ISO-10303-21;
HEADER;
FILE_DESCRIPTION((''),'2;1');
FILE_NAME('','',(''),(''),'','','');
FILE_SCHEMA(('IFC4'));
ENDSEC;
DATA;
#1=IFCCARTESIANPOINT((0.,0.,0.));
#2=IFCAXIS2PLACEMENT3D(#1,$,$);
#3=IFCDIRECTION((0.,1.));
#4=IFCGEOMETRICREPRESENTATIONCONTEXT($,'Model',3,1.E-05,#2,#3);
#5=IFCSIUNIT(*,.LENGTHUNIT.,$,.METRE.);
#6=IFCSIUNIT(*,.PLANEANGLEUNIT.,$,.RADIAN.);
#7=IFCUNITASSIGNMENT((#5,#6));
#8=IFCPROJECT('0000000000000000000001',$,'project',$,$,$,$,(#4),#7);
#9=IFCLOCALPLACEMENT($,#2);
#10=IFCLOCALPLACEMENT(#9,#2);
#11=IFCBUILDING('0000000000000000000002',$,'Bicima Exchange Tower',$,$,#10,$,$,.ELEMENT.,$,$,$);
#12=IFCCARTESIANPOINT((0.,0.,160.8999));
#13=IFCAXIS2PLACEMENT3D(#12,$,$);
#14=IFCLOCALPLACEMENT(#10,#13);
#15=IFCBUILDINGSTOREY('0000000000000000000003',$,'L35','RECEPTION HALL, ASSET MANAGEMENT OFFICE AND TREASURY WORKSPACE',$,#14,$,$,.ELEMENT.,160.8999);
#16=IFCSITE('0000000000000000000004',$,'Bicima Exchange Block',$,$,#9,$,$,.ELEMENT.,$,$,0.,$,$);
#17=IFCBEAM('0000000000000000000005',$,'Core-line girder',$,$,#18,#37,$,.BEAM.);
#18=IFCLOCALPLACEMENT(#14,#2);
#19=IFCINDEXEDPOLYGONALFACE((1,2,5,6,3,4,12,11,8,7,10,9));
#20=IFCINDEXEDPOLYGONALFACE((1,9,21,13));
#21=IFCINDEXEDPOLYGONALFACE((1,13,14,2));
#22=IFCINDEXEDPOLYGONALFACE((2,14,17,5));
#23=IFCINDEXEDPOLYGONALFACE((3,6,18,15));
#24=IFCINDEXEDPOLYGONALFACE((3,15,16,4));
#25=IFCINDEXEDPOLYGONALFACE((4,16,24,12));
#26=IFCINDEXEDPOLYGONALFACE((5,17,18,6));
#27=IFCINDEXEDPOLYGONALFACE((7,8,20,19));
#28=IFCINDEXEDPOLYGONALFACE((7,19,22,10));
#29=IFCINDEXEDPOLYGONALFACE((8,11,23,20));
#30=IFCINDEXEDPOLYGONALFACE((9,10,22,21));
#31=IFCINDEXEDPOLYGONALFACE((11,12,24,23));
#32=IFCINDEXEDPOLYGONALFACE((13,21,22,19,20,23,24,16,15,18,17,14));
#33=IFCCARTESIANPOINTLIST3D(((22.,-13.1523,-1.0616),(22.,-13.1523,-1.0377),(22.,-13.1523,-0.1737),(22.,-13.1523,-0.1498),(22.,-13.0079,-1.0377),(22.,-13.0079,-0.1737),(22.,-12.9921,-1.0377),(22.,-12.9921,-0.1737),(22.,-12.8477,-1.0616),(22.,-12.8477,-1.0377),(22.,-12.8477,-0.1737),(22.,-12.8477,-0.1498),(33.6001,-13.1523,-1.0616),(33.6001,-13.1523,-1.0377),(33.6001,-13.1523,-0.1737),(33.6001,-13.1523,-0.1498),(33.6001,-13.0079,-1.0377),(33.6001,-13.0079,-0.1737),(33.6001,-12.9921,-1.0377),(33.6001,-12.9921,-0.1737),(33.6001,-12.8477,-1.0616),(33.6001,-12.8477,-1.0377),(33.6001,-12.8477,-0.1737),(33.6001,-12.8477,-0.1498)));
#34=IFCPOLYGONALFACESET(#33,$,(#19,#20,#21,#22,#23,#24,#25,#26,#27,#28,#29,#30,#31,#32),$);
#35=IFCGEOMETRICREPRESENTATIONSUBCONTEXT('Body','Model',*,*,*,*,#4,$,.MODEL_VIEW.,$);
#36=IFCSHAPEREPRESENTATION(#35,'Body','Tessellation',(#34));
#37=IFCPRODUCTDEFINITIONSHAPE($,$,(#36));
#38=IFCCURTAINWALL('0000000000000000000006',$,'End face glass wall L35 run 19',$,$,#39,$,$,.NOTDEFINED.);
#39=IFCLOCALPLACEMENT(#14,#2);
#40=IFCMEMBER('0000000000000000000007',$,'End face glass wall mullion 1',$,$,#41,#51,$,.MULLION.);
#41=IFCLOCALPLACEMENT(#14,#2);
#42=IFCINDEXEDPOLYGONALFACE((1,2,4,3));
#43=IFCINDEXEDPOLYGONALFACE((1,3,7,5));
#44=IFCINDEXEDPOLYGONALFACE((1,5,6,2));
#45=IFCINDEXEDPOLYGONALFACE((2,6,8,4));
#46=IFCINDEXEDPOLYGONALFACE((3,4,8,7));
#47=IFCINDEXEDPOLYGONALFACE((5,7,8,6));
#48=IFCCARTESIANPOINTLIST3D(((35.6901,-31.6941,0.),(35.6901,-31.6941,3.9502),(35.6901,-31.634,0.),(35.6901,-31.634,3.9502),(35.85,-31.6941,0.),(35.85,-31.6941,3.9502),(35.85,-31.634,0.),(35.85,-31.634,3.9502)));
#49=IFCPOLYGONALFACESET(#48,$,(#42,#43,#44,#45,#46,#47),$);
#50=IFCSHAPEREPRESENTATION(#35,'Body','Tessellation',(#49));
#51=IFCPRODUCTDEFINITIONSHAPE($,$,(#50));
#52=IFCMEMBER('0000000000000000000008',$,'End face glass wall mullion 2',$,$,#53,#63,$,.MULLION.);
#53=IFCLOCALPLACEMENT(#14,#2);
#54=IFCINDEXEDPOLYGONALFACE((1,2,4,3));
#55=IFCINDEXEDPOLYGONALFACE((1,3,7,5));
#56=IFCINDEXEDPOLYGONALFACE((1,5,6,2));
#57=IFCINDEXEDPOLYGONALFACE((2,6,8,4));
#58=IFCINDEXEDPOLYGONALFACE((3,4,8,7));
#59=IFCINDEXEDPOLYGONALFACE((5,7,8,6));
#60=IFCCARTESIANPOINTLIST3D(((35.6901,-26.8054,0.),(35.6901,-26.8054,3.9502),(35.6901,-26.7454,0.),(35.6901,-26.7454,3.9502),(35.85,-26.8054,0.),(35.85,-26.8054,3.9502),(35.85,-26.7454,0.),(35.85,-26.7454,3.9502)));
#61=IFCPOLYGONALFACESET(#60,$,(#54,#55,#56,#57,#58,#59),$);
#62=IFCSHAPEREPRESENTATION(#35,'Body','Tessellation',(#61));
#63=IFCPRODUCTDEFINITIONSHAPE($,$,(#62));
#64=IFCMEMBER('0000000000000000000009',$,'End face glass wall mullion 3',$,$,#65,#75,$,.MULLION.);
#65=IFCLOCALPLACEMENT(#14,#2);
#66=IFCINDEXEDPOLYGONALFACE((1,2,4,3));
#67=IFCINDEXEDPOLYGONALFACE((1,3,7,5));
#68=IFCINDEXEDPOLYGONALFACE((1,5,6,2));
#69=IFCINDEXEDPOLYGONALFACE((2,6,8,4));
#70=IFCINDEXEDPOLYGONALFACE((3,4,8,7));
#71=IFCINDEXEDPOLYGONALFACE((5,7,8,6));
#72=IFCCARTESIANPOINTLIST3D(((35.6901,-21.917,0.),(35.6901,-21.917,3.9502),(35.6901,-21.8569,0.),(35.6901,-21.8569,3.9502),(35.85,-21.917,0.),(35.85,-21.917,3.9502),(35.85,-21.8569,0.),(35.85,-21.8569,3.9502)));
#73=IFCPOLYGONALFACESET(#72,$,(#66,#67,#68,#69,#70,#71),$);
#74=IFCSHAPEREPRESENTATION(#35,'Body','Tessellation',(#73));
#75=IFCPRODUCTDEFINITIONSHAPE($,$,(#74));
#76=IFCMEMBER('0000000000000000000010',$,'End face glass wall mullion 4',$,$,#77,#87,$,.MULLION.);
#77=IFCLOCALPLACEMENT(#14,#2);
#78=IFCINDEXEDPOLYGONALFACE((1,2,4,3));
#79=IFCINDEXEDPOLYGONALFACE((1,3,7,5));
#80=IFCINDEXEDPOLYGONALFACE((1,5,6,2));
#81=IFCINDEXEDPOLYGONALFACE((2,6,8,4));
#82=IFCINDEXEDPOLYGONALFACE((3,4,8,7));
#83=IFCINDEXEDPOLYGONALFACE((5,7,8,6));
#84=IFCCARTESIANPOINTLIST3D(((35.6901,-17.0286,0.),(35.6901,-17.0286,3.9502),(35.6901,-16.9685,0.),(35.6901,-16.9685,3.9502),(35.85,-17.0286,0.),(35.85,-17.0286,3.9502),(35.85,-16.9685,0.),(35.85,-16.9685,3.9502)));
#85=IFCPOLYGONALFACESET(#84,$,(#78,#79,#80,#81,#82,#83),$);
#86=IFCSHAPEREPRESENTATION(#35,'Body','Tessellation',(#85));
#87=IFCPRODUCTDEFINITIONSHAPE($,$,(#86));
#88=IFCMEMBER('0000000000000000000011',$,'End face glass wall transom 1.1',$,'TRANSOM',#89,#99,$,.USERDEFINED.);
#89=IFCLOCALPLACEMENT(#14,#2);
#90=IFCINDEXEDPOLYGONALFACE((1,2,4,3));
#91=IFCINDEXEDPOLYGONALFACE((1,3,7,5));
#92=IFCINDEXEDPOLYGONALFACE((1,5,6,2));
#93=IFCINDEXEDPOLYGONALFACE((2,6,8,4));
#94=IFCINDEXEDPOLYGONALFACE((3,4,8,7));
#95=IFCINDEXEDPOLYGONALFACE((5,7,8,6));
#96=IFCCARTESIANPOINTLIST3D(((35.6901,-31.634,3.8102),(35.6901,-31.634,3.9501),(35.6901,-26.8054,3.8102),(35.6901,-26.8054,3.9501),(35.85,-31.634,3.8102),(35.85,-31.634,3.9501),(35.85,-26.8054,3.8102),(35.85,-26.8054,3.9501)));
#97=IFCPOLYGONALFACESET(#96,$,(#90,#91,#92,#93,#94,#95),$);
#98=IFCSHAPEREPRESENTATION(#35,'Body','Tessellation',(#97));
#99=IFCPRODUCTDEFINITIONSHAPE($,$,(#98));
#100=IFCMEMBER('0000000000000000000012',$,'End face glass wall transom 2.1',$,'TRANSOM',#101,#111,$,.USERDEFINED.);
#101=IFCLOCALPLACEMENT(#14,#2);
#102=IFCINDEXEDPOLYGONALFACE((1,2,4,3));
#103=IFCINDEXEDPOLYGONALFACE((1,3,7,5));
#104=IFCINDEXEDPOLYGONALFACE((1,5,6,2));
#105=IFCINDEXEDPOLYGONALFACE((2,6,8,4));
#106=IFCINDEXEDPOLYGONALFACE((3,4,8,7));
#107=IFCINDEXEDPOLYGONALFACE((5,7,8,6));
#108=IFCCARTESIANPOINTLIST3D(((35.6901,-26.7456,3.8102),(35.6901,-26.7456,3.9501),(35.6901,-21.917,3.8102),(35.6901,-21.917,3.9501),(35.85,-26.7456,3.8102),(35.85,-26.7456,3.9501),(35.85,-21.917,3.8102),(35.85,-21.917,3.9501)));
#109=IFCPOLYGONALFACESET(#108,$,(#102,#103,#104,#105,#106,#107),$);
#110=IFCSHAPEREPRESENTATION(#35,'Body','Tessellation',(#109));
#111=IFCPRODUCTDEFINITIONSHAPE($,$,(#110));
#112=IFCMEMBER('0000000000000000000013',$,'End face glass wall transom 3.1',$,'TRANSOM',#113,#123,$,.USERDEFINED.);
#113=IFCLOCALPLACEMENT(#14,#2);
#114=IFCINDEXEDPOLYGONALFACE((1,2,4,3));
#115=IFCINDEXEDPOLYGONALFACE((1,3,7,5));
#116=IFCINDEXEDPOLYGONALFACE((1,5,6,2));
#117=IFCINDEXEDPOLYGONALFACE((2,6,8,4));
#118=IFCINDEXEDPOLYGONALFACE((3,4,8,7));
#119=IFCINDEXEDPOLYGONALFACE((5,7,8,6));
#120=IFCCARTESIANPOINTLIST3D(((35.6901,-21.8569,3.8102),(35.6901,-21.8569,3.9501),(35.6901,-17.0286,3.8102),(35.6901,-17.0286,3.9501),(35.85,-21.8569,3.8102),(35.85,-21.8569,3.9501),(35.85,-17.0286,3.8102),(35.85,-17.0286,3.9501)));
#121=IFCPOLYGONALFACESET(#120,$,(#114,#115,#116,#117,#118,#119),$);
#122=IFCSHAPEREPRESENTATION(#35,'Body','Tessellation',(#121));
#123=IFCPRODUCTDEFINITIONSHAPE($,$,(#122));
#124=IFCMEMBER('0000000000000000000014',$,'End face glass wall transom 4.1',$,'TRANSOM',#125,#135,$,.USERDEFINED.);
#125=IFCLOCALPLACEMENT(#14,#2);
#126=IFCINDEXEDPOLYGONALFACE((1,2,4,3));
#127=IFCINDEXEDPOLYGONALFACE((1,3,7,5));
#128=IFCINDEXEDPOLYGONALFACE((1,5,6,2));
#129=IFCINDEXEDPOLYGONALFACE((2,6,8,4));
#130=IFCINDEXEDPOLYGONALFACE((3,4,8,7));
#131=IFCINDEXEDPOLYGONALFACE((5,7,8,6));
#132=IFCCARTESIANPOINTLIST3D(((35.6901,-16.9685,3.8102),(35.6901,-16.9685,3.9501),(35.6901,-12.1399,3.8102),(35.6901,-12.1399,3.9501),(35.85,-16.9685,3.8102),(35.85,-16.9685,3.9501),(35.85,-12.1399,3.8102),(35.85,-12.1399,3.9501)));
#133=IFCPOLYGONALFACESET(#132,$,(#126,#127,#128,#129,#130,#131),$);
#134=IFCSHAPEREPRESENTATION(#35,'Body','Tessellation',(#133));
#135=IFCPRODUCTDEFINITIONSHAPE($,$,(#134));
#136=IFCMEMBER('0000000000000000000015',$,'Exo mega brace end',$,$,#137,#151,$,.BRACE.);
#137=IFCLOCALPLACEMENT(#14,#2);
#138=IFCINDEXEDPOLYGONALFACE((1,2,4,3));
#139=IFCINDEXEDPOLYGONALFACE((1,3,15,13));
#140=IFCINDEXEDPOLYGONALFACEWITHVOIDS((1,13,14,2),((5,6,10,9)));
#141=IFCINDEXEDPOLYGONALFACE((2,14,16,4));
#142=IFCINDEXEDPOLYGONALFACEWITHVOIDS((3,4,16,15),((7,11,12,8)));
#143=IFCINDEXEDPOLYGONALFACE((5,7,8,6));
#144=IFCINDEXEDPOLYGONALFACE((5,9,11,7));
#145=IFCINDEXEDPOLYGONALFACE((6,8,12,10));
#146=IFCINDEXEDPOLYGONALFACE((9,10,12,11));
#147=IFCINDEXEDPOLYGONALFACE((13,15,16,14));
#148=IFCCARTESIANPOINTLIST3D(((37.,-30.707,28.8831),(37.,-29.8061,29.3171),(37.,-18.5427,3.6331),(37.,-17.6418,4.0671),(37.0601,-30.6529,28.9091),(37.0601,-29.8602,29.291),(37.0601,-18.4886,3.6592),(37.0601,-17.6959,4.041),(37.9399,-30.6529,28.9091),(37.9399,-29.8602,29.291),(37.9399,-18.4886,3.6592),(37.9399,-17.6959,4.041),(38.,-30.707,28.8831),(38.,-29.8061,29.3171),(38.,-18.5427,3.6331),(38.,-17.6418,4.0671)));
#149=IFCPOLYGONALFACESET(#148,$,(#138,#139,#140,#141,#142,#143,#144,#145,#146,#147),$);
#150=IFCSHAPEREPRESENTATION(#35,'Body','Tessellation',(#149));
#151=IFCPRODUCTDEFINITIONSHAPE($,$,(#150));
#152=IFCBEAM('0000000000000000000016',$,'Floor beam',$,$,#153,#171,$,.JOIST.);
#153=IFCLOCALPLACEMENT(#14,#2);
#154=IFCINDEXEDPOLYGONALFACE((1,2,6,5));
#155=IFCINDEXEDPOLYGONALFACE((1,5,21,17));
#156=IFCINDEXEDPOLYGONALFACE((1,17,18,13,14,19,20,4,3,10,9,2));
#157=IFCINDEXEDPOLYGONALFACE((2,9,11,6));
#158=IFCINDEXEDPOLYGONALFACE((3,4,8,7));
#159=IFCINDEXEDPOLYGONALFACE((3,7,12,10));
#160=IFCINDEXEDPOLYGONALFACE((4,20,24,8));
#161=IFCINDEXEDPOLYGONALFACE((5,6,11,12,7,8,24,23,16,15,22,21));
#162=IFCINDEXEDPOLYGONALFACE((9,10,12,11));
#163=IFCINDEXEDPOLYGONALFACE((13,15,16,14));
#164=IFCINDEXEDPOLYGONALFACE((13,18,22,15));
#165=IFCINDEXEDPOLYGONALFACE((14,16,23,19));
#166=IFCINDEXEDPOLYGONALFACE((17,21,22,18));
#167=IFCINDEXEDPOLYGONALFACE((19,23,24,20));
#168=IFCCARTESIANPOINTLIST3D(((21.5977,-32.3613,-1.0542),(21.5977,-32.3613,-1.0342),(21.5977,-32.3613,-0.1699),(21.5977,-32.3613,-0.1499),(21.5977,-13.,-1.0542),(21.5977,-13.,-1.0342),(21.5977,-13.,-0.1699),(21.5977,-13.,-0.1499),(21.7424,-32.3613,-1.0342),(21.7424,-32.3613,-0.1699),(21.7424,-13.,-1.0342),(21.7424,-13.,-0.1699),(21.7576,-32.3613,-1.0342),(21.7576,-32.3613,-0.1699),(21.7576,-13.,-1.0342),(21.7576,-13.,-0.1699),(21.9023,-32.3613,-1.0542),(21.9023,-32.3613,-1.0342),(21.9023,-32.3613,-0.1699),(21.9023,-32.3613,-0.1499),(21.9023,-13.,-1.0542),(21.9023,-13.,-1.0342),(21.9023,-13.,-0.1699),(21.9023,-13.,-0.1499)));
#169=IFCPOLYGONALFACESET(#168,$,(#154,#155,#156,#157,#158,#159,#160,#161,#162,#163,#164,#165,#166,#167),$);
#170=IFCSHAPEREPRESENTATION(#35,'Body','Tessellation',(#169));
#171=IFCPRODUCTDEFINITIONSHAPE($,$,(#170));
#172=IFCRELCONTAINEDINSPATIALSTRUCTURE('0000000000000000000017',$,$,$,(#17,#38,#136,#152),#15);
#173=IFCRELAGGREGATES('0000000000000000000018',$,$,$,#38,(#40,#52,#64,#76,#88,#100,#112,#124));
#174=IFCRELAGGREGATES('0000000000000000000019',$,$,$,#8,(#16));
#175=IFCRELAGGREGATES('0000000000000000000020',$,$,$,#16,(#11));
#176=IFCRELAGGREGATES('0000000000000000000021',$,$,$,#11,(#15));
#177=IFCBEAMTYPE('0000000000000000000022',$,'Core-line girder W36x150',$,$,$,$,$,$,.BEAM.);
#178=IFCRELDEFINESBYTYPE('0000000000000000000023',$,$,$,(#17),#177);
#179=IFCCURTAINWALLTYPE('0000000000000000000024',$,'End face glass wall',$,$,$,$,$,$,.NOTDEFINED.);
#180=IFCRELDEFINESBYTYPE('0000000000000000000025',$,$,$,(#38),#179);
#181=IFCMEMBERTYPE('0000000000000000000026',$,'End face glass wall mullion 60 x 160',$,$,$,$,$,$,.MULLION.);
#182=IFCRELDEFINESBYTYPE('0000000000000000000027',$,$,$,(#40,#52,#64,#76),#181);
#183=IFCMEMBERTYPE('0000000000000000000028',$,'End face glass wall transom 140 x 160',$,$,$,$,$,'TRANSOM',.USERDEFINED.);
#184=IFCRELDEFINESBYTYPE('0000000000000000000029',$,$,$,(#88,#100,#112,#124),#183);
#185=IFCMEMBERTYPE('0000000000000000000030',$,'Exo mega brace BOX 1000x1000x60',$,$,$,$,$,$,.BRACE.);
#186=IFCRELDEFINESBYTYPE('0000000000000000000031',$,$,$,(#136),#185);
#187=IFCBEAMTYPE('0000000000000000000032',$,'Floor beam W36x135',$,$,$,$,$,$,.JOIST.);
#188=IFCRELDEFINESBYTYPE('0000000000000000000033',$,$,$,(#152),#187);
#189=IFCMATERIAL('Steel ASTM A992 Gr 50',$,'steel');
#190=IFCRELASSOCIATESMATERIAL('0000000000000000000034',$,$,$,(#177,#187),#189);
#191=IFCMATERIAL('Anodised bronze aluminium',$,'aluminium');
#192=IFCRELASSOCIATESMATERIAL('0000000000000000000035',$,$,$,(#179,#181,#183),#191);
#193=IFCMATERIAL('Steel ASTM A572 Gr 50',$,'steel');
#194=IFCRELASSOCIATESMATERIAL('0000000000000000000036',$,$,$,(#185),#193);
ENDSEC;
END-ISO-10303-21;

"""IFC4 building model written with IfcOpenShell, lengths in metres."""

from ifc_helpers import new_model, si_unit, direction, frame, origin, origin_2d, place, context, subcontext, project, spatial, rectangle, hollow_rectangle, i_section, extrude, material, material_profile, profile_set, type_object, element, aggregate, save


model = new_model("IFC4")

# Units and contexts
model_context = context("Model", 3, precision=1e-05, world=origin(), true_north=direction((0.0, 1.0)))
body_context = subcontext(model_context, "Body", "Model", "MODEL_VIEW")
ifc_project = project(units=[si_unit("LENGTHUNIT", "METRE"), si_unit("PLANEANGLEUNIT", "RADIAN")], contexts=[model_context])

# Site, building, storey
site_placement = place(None, origin())
site = spatial("IfcSite", under=ifc_project, at=site_placement, Name="Bicima Exchange Block", CompositionType="ELEMENT", RefElevation=0.0)
building_placement = place(site_placement, origin())
building = spatial("IfcBuilding", under=site, at=building_placement, Name="Bicima Exchange Tower", CompositionType="ELEMENT")
storey_placement = place(building_placement, frame((0.0, 0.0, 160.8999)))
storey = spatial("IfcBuildingStorey", under=building, at=storey_placement, Name="L35", Description="RECEPTION HALL, ASSET MANAGEMENT OFFICE AND TREASURY WORKSPACE", CompositionType="ELEMENT", Elevation=160.8999)

# Beam
ifc_material_1 = material(Name="Steel ASTM A992 Gr 50", Category="steel")
ifc_material_profile_1 = material_profile(ifc_material_1, i_section(OverallWidth=0.3047, OverallDepth=0.9119, WebThickness=0.0159, FlangeThickness=0.0239, at=origin_2d()))
ifc_profile_set_1 = profile_set([ifc_material_profile_1], Name="Steel ASTM A992 Gr 50")
beam_type_1 = type_object("IfcBeamType", Name="Core-line girder W36x150", PredefinedType="BEAM", material=ifc_profile_set_1)
beam_1_placement = place(storey_placement, frame((22.0, -13.0, -0.6057), z_axis=(1.0, 0.0, 0.0), x_axis=(0.0, 1.0, 0.0)))
element("IfcBeam", 1, at=beam_1_placement, inside=storey, type_object=beam_type_1, Name="Core-line girder", PredefinedType="BEAM", context=body_context, shape_type="SweptSolid", body=[
    extrude(i_section(OverallWidth=0.3047, OverallDepth=0.9119, WebThickness=0.0159, FlangeThickness=0.0239, at=origin_2d()), origin(), (0.0, 0.0, 1.0), 11.6001),
])

# Curtain wall, members
ifc_material_2 = material(Name="Anodised bronze aluminium", Category="aluminium")
curtain_wall_type_1 = type_object("IfcCurtainWallType", Name="End face glass wall", PredefinedType="NOTDEFINED", material=ifc_material_2)
curtain_wall_1_placement = place(storey_placement, origin())
curtain_wall_1 = element("IfcCurtainWall", 2, at=curtain_wall_1_placement, inside=storey, type_object=curtain_wall_type_1, Name="End face glass wall L35 run 19", PredefinedType="NOTDEFINED")
ifc_material_profile_2 = material_profile(ifc_material_2, rectangle(XDim=0.1599, YDim=0.0601, at=origin_2d()))
ifc_profile_set_2 = profile_set([ifc_material_profile_2], Name="Anodised bronze aluminium")
member_type_1 = type_object("IfcMemberType", Name="End face glass wall mullion 60 x 160", PredefinedType="MULLION", material=ifc_profile_set_2)
member_1_placement = place(storey_placement, frame((35.77, -31.6641, 0.0), z_axis=(0.0, 0.0, 1.0), x_axis=(-1.0, 0.0, 0.0)))
member_1 = element("IfcMember", 3, at=member_1_placement, type_object=member_type_1, Name="End face glass wall mullion 1", PredefinedType="MULLION", context=body_context, shape_type="SweptSolid", body=[
    extrude(rectangle(XDim=0.1599, YDim=0.0601, at=origin_2d()), origin(), (0.0, 0.0, 1.0), 3.9502),
])
member_2_placement = place(storey_placement, frame((35.77, -26.7754, 0.0), z_axis=(0.0, 0.0, 1.0), x_axis=(-1.0, 0.0, 0.0)))
member_2 = element("IfcMember", 4, at=member_2_placement, type_object=member_type_1, Name="End face glass wall mullion 2", PredefinedType="MULLION", context=body_context, shape_type="SweptSolid", body=[
    extrude(rectangle(XDim=0.1599, YDim=0.0601, at=origin_2d()), origin(), (0.0, 0.0, 1.0), 3.9502),
])
member_3_placement = place(storey_placement, frame((35.77, -21.887, 0.0), z_axis=(0.0, 0.0, 1.0), x_axis=(-1.0, 0.0, 0.0)))
member_3 = element("IfcMember", 5, at=member_3_placement, type_object=member_type_1, Name="End face glass wall mullion 3", PredefinedType="MULLION", context=body_context, shape_type="SweptSolid", body=[
    extrude(rectangle(XDim=0.1599, YDim=0.0601, at=origin_2d()), origin(), (0.0, 0.0, 1.0), 3.9502),
])
member_4_placement = place(storey_placement, frame((35.77, -16.9985, 0.0), z_axis=(0.0, 0.0, 1.0), x_axis=(-1.0, 0.0, 0.0)))
member_4 = element("IfcMember", 6, at=member_4_placement, type_object=member_type_1, Name="End face glass wall mullion 4", PredefinedType="MULLION", context=body_context, shape_type="SweptSolid", body=[
    extrude(rectangle(XDim=0.1599, YDim=0.0601, at=origin_2d()), origin(), (0.0, 0.0, 1.0), 3.9502),
])
ifc_material_profile_3 = material_profile(ifc_material_2, rectangle(XDim=0.1599, YDim=0.1399, at=origin_2d()))
ifc_profile_set_3 = profile_set([ifc_material_profile_3], Name="Anodised bronze aluminium")
member_type_2 = type_object("IfcMemberType", Name="End face glass wall transom 140 x 160", ElementType="TRANSOM", PredefinedType="USERDEFINED", material=ifc_profile_set_3)
member_5_placement = place(storey_placement, frame((35.77, -31.634, 3.8801), z_axis=(0.0, 1.0, 0.0), x_axis=(-1.0, 0.0, 0.0)))
member_5 = element("IfcMember", 7, at=member_5_placement, type_object=member_type_2, Name="End face glass wall transom 1.1", ObjectType="TRANSOM", PredefinedType="USERDEFINED", context=body_context, shape_type="SweptSolid", body=[
    extrude(rectangle(XDim=0.1599, YDim=0.1399, at=origin_2d()), origin(), (0.0, 0.0, 1.0), 4.8286),
])
member_6_placement = place(storey_placement, frame((35.77, -26.7456, 3.8801), z_axis=(0.0, 1.0, 0.0), x_axis=(-1.0, 0.0, 0.0)))
member_6 = element("IfcMember", 8, at=member_6_placement, type_object=member_type_2, Name="End face glass wall transom 2.1", ObjectType="TRANSOM", PredefinedType="USERDEFINED", context=body_context, shape_type="SweptSolid", body=[
    extrude(rectangle(XDim=0.1599, YDim=0.1399, at=origin_2d()), origin(), (0.0, 0.0, 1.0), 4.8286),
])
member_7_placement = place(storey_placement, frame((35.77, -21.8569, 3.8801), z_axis=(0.0, 1.0, 0.0), x_axis=(-1.0, 0.0, 0.0)))
member_7 = element("IfcMember", 9, at=member_7_placement, type_object=member_type_2, Name="End face glass wall transom 3.1", ObjectType="TRANSOM", PredefinedType="USERDEFINED", context=body_context, shape_type="SweptSolid", body=[
    extrude(rectangle(XDim=0.1599, YDim=0.1399, at=origin_2d()), origin(), (0.0, 0.0, 1.0), 4.8284),
])
member_8_placement = place(storey_placement, frame((35.77, -16.9685, 3.8801), z_axis=(0.0, 1.0, 0.0), x_axis=(-1.0, 0.0, 0.0)))
member_8 = element("IfcMember", 10, at=member_8_placement, type_object=member_type_2, Name="End face glass wall transom 4.1", ObjectType="TRANSOM", PredefinedType="USERDEFINED", context=body_context, shape_type="SweptSolid", body=[
    extrude(rectangle(XDim=0.1599, YDim=0.1399, at=origin_2d()), origin(), (0.0, 0.0, 1.0), 4.8286),
])

# Member
ifc_material_3 = material(Name="Steel ASTM A572 Gr 50", Category="steel")
ifc_material_profile_4 = material_profile(ifc_material_3, hollow_rectangle(XDim=1.0, YDim=1.0, WallThickness=0.0601, at=origin_2d()))
ifc_profile_set_4 = profile_set([ifc_material_profile_4], Name="Steel ASTM A572 Gr 50")
member_type_3 = type_object("IfcMemberType", Name="Exo mega brace BOX 1000x1000x60", PredefinedType="BRACE", material=ifc_profile_set_4)
member_9_placement = place(storey_placement, frame((37.5, -18.0923, 3.8501), z_axis=(0.0, -0.434015, 0.900905), x_axis=(1.0, 0.0, 0.0)))
element("IfcMember", 11, at=member_9_placement, inside=storey, type_object=member_type_3, Name="Exo mega brace end", PredefinedType="BRACE", context=body_context, shape_type="SweptSolid", body=[
    extrude(hollow_rectangle(XDim=1.0, YDim=1.0, WallThickness=0.0601, at=origin_2d()), origin(), (0.0, 0.0, 1.0), 28.0273),
])

# Beam
ifc_material_profile_5 = material_profile(ifc_material_1, i_section(OverallWidth=0.3047, OverallDepth=0.9043, WebThickness=0.0151, FlangeThickness=0.02, at=origin_2d()))
ifc_profile_set_5 = profile_set([ifc_material_profile_5], Name="Steel ASTM A992 Gr 50")
beam_type_2 = type_object("IfcBeamType", Name="Floor beam W36x135", PredefinedType="JOIST", material=ifc_profile_set_5)
beam_2_placement = place(storey_placement, frame((21.75, -13.0, -0.6021), z_axis=(0.0, -1.0, 0.0), x_axis=(1.0, 0.0, 0.0)))
element("IfcBeam", 12, at=beam_2_placement, inside=storey, type_object=beam_type_2, Name="Floor beam", PredefinedType="JOIST", context=body_context, shape_type="SweptSolid", body=[
    extrude(i_section(OverallWidth=0.3047, OverallDepth=0.9043, WebThickness=0.0151, FlangeThickness=0.02, at=origin_2d()), origin(), (0.0, 0.0, 1.0), 19.3613),
])

aggregate(curtain_wall_1, [member_1, member_2, member_3, member_4, member_5, member_6, member_7, member_8])

save(model, "model.ifc")
